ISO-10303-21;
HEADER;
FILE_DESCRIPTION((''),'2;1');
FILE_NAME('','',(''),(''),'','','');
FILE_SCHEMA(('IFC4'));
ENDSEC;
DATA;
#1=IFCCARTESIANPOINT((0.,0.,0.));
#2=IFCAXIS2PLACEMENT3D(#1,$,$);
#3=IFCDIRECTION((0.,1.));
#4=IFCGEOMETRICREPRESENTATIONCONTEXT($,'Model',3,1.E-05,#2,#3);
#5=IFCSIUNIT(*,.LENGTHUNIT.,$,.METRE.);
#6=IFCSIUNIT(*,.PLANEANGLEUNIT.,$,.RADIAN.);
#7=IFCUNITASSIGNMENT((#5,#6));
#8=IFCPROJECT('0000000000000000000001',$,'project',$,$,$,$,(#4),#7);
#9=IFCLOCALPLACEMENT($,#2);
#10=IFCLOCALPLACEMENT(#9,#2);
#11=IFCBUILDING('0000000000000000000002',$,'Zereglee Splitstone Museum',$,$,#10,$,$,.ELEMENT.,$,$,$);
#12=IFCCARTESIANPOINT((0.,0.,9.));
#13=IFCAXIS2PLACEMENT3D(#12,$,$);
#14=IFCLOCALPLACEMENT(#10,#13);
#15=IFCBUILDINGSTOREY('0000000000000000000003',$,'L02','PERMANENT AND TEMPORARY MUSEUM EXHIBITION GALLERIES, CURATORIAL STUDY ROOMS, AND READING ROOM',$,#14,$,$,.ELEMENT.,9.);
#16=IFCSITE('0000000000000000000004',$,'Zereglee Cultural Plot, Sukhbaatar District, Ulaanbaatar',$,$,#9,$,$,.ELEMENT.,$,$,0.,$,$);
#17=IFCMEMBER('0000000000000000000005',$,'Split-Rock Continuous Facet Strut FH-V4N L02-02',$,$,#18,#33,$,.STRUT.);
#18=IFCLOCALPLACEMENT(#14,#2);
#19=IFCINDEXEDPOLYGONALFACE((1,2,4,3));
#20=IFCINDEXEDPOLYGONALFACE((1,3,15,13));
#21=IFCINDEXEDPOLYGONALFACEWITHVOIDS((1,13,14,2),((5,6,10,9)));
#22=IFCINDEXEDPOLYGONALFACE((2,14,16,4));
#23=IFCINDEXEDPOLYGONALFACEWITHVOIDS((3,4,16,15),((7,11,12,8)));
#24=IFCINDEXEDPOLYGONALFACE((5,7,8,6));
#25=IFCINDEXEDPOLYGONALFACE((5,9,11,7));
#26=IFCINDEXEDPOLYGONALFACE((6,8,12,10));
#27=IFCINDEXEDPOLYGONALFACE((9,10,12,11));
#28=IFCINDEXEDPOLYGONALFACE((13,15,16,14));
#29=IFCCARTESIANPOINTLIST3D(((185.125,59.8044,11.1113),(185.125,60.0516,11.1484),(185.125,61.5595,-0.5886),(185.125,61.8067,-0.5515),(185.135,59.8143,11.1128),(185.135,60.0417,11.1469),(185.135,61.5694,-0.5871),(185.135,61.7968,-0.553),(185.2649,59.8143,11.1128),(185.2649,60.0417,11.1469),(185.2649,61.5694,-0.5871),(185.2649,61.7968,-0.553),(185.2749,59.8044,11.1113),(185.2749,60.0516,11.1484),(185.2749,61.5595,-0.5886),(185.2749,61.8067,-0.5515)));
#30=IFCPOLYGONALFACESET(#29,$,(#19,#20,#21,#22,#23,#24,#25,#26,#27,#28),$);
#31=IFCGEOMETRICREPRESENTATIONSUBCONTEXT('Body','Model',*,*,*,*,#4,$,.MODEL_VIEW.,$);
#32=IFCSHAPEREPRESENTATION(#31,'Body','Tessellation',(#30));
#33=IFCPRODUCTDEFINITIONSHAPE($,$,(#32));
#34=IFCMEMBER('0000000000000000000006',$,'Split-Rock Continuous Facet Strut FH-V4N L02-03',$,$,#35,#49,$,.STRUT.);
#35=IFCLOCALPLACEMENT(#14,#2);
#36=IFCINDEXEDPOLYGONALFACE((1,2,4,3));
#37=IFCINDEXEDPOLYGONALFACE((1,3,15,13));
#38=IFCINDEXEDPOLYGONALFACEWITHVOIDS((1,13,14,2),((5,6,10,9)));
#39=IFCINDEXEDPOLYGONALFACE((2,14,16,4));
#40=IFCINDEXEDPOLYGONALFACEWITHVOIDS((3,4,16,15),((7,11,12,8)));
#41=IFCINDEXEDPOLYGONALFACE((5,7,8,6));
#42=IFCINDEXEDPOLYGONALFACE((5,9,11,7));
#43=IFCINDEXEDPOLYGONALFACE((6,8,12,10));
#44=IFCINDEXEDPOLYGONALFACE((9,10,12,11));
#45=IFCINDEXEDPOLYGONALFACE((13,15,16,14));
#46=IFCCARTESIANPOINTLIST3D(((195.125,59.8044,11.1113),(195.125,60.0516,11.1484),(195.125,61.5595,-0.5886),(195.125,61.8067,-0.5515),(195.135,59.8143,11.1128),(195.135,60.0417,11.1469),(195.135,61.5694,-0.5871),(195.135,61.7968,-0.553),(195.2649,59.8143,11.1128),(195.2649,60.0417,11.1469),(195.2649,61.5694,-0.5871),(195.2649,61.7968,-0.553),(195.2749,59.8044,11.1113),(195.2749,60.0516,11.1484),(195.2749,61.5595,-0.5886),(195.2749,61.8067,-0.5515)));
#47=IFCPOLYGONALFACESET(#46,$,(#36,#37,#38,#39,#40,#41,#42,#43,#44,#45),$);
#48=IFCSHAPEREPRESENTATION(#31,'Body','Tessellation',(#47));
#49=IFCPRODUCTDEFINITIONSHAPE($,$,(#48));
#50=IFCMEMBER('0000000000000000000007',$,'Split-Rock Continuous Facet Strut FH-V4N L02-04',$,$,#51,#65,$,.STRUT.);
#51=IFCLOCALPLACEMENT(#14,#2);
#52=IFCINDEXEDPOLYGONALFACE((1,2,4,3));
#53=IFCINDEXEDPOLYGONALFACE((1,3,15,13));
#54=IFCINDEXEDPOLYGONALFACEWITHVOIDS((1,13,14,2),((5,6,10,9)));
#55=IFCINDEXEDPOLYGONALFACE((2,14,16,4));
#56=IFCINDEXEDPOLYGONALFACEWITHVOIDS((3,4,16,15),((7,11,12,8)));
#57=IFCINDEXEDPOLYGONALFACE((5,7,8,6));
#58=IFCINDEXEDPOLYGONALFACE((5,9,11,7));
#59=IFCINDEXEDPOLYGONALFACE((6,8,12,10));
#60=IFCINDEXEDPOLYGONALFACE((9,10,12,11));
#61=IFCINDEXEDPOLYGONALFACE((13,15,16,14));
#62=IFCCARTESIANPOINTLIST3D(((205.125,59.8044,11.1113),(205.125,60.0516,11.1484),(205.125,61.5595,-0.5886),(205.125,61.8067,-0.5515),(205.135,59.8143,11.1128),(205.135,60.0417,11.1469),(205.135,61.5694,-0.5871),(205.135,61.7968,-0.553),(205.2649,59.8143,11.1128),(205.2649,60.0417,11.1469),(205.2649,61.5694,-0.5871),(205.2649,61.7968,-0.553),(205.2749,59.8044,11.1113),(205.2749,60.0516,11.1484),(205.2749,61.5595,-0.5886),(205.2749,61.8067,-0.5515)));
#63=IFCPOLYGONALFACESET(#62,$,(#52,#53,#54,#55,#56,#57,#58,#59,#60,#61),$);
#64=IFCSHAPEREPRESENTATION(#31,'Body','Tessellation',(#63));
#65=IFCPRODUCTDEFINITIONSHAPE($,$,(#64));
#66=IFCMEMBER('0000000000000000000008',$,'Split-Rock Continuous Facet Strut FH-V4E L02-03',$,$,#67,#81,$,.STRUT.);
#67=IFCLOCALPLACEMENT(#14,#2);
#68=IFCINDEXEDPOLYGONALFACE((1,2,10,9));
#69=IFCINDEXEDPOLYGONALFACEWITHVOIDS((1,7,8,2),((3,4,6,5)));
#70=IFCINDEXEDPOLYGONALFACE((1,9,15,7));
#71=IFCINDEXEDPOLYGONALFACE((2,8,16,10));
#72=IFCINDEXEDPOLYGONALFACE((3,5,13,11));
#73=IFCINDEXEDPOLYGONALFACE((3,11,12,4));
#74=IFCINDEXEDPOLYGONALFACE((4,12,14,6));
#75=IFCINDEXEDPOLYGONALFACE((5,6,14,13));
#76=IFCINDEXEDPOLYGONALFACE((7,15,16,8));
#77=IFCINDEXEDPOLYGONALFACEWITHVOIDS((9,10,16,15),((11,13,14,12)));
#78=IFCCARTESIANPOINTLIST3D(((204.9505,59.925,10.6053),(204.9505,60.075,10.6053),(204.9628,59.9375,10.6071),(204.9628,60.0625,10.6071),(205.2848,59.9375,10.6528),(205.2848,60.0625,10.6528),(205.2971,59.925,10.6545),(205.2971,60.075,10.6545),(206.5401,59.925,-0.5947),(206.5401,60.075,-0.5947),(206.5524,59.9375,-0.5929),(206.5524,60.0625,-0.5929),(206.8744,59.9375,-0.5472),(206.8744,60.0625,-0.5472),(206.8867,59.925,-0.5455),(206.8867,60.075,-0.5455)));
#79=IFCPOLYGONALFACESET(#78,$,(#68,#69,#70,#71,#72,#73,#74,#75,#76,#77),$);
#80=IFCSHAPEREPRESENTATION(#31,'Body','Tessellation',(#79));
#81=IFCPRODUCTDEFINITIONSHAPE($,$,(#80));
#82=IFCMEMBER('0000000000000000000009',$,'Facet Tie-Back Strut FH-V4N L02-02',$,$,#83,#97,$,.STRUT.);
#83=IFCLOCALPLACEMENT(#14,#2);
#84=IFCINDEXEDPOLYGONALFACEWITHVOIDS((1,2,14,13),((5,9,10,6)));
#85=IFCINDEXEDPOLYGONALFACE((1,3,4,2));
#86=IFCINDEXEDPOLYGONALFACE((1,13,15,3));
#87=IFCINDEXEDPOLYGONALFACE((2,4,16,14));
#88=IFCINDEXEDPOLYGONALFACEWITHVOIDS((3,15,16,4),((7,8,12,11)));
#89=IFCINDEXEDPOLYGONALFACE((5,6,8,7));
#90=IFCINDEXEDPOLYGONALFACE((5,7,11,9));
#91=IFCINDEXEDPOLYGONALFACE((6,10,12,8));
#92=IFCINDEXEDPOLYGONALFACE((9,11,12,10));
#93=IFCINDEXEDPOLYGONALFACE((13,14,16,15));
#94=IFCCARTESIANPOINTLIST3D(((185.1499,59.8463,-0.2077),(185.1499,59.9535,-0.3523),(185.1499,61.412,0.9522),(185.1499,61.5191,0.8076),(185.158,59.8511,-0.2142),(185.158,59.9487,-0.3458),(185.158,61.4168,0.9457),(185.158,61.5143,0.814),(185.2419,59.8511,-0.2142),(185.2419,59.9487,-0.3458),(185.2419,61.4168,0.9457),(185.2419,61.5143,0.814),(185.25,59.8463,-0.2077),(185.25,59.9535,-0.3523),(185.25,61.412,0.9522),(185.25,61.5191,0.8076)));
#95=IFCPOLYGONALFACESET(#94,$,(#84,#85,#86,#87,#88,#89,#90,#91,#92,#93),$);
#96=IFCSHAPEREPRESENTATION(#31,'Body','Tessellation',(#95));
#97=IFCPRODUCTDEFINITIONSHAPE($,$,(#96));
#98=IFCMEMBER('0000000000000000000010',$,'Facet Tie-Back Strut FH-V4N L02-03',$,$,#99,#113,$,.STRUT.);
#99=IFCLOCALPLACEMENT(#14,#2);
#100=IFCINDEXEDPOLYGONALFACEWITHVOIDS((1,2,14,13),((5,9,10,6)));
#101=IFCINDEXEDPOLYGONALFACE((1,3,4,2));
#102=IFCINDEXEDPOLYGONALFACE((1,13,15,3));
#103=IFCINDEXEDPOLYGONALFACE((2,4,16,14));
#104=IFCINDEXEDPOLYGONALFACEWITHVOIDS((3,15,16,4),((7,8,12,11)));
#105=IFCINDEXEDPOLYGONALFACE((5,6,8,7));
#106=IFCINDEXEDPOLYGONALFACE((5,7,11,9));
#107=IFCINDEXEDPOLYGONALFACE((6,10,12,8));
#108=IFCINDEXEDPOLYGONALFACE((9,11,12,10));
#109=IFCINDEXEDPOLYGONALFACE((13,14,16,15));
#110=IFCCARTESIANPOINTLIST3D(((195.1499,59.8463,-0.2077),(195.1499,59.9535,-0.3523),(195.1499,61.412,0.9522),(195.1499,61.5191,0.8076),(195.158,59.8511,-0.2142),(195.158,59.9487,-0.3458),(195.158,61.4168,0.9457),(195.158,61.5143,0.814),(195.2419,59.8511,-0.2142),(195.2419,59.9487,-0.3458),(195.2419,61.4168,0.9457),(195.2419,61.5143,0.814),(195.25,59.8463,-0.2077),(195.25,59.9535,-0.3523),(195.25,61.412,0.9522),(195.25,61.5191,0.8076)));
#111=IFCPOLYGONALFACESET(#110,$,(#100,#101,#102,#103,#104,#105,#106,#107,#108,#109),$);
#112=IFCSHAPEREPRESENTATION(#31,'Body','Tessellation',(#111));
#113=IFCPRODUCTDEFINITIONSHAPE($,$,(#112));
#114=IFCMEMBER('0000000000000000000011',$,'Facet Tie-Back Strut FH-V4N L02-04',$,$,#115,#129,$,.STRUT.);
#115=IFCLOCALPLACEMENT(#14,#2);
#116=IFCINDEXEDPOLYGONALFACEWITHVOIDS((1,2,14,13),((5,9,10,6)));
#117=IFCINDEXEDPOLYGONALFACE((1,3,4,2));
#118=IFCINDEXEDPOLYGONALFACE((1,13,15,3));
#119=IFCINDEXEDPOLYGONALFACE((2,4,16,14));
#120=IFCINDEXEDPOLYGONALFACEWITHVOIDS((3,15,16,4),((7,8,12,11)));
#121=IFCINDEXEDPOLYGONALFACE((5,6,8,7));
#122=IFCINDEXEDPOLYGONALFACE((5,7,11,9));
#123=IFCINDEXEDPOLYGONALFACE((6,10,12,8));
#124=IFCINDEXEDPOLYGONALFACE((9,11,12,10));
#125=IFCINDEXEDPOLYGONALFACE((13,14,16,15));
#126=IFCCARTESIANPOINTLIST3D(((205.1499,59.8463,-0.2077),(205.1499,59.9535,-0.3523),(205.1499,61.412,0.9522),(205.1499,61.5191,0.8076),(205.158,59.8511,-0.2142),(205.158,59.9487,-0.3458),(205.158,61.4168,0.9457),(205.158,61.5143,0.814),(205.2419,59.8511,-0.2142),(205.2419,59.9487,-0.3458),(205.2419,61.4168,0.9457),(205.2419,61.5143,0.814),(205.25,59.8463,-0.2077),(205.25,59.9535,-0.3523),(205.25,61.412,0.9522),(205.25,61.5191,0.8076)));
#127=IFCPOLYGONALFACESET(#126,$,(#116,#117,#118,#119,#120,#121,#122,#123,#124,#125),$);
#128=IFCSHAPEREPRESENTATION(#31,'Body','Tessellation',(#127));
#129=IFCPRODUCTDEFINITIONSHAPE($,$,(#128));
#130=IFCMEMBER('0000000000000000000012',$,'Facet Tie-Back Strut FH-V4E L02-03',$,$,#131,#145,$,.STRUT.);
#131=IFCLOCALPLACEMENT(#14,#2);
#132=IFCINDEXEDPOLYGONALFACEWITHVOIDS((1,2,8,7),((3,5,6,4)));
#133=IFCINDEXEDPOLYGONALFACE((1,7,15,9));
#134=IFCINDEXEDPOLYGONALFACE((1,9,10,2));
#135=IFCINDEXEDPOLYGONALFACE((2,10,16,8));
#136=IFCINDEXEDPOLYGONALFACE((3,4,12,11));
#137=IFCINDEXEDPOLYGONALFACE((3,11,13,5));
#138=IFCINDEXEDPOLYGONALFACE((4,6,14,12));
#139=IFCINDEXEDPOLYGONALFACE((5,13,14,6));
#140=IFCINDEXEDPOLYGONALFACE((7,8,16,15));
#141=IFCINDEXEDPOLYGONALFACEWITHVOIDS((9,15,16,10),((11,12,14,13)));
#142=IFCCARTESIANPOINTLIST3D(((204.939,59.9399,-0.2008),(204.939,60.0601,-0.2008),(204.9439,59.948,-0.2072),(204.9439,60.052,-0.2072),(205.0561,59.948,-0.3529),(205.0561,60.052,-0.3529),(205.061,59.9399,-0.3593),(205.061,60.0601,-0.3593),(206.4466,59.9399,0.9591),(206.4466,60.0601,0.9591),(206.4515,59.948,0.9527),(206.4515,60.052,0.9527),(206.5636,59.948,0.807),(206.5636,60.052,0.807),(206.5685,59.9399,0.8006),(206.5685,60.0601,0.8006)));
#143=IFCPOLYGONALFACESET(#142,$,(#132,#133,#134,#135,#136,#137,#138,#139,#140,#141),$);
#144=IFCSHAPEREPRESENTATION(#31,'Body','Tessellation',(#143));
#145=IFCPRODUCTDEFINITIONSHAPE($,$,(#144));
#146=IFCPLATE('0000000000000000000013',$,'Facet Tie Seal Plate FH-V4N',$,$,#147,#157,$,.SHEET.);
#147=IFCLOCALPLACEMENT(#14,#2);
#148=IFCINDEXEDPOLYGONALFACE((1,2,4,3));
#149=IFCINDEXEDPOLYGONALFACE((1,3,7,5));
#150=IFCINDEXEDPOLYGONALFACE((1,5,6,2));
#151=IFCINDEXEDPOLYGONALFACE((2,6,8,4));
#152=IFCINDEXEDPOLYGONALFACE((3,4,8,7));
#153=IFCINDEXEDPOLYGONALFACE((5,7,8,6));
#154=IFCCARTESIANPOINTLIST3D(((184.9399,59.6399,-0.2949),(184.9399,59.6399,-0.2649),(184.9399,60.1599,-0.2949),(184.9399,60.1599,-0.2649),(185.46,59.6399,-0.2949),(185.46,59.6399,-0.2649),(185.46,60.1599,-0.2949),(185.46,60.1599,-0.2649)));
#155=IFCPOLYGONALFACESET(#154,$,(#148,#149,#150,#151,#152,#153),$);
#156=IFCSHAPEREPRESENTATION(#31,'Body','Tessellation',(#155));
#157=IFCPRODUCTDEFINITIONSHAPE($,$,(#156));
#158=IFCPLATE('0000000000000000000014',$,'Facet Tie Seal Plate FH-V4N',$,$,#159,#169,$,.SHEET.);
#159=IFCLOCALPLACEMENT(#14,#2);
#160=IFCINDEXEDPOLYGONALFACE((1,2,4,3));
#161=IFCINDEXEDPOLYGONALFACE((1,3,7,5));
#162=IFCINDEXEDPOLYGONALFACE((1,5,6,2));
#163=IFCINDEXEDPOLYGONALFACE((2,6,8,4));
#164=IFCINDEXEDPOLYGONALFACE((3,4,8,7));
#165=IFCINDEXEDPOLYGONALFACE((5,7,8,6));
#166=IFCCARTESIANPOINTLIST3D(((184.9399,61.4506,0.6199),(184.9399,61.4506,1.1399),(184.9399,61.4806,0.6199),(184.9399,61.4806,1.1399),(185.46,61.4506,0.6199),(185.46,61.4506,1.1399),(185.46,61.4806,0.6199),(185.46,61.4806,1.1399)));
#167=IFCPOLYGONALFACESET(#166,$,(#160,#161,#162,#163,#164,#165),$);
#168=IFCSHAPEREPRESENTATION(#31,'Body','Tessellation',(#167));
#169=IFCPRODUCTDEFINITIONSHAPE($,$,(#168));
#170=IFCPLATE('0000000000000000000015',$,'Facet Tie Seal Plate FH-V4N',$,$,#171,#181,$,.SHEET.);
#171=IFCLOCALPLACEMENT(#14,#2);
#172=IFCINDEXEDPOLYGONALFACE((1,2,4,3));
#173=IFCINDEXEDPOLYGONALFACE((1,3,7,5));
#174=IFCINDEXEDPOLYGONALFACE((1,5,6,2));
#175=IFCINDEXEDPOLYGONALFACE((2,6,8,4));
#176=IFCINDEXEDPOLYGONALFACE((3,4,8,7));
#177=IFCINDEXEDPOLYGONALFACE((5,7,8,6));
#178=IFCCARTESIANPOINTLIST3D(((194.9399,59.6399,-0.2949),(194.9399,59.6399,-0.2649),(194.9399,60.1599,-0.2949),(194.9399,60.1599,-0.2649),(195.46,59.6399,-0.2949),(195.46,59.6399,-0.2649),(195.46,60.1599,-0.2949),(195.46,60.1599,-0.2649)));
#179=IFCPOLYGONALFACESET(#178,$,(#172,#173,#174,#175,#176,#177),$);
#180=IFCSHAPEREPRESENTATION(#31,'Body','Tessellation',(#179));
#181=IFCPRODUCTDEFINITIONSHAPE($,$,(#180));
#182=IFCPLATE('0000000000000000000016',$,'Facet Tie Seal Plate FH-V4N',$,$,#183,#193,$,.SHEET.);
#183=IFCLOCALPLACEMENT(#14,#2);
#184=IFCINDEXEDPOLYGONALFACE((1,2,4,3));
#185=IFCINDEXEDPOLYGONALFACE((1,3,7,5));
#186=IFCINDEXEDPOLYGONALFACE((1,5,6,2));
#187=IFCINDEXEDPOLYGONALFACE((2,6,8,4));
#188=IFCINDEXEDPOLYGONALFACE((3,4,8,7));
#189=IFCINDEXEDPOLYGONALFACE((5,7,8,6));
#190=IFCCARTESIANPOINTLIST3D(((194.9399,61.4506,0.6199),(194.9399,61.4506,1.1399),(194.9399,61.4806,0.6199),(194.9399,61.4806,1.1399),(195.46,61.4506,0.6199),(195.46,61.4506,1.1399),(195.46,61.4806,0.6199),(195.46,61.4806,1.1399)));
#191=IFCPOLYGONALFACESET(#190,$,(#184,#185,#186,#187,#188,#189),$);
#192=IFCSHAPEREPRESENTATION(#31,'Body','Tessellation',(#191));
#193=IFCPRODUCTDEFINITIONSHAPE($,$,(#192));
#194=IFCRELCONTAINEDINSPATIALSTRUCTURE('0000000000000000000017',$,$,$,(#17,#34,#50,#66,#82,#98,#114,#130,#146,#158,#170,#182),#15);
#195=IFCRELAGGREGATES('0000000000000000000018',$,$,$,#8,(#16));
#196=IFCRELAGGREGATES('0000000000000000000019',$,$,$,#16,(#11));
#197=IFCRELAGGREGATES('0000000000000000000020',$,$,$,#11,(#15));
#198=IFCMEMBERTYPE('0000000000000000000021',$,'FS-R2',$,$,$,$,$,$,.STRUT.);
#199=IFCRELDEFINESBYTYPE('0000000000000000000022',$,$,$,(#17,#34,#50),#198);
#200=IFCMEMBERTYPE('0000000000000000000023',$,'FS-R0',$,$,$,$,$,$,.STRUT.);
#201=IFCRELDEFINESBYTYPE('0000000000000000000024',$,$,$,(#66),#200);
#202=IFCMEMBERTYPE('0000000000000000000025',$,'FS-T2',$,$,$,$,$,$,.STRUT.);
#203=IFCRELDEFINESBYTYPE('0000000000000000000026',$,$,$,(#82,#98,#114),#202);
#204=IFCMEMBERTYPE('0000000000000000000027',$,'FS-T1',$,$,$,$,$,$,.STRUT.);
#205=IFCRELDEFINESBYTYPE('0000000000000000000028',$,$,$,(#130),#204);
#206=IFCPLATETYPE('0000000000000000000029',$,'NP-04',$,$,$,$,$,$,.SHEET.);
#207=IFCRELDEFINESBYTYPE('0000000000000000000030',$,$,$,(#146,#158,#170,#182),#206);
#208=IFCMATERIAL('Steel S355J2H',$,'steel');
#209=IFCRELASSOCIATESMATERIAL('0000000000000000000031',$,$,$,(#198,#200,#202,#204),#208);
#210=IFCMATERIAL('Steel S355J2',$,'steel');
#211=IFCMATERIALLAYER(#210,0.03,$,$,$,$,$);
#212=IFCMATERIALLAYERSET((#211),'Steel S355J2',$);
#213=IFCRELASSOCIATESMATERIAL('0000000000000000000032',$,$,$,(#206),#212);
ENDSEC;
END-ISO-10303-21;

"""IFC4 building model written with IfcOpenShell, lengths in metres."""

from ifc_helpers import new_model, si_unit, direction, frame, origin, origin_2d, place, context, subcontext, project, spatial, rectangle, hollow_rectangle, extrude, material, layer, layer_set, material_profile, profile_set, type_object, element, save


model = new_model("IFC4")

# Units and contexts
model_context = context("Model", 3, precision=1e-05, world=origin(), true_north=direction((0.0, 1.0)))
body_context = subcontext(model_context, "Body", "Model", "MODEL_VIEW")
ifc_project = project(units=[si_unit("LENGTHUNIT", "METRE"), si_unit("PLANEANGLEUNIT", "RADIAN")], contexts=[model_context])

# Site, building, storey
site_placement = place(None, origin())
site = spatial("IfcSite", under=ifc_project, at=site_placement, Name="Zereglee Cultural Plot, Sukhbaatar District, Ulaanbaatar", CompositionType="ELEMENT", RefElevation=0.0)
building_placement = place(site_placement, origin())
building = spatial("IfcBuilding", under=site, at=building_placement, Name="Zereglee Splitstone Museum", CompositionType="ELEMENT")
storey_placement = place(building_placement, frame((0.0, 0.0, 9.0)))
storey = spatial("IfcBuildingStorey", under=building, at=storey_placement, Name="L02", Description="PERMANENT AND TEMPORARY MUSEUM EXHIBITION GALLERIES, CURATORIAL STUDY ROOMS, AND READING ROOM", CompositionType="ELEMENT", Elevation=9.0)

# Shared definitions
ifc_material_1 = material(Name="Steel S355J2", Category="steel")
ifc_material_2 = material(Name="Steel S355J2H", Category="steel")

# Members
ifc_material_profile_1 = material_profile(ifc_material_2, hollow_rectangle(XDim=0.1499, YDim=0.25, WallThickness=0.01, at=origin_2d()), Name="RHS 250x150x10")
ifc_profile_set_1 = profile_set([ifc_material_profile_1], Name="Steel S355J2H")
member_type_1 = type_object("IfcMemberType", Name="FS-R2", PredefinedType="STRUT", material=ifc_profile_set_1)
for number, where, z_axis, x_axis, name in (
    (1, (185.2, 61.6831, -0.5701), (0.0, -0.148352, 0.988935), (1.0, 0.0, 0.0), "Split-Rock Continuous Facet Strut FH-V4N L02-02"),
    (2, (195.2, 61.6831, -0.5701), (0.0, -0.148352, 0.988935), (1.0, 0.0, 0.0), "Split-Rock Continuous Facet Strut FH-V4N L02-03"),
    (3, (205.2, 61.6831, -0.5701), (0.0, -0.148352, 0.988935), (1.0, 0.0, 0.0), "Split-Rock Continuous Facet Strut FH-V4N L02-04"),
):
    element("IfcMember", number, at=place(storey_placement, frame(where, z_axis=z_axis, x_axis=x_axis)), inside=storey, type_object=member_type_1, Name=name, PredefinedType="STRUT", context=body_context, shape_type="SweptSolid", body=[
        extrude(hollow_rectangle(XDim=0.1499, YDim=0.25, WallThickness=0.01, at=origin_2d()), origin(), (0.0, 0.0, 1.0), 11.8308),
    ])
ifc_material_profile_2 = material_profile(ifc_material_2, hollow_rectangle(XDim=0.1499, YDim=0.3501, WallThickness=0.0125, at=origin_2d()), Name="RHS 350x150x12.5")
ifc_profile_set_2 = profile_set([ifc_material_profile_2], Name="Steel S355J2H")
member_type_2 = type_object("IfcMemberType", Name="FS-R0", PredefinedType="STRUT", material=ifc_profile_set_2)
member_1_placement = place(storey_placement, frame((206.7134, 60.0, -0.5701), z_axis=(-0.140521, 0.0, 0.990078), x_axis=(0.0, -1.0, 0.0)))
element("IfcMember", 4, at=member_1_placement, inside=storey, type_object=member_type_2, Name="Split-Rock Continuous Facet Strut FH-V4E L02-03", PredefinedType="STRUT", context=body_context, shape_type="SweptSolid", body=[
    extrude(hollow_rectangle(XDim=0.1499, YDim=0.3501, WallThickness=0.0125, at=origin_2d()), origin(), (0.0, 0.0, 1.0), 11.3123),
])
ifc_material_profile_3 = material_profile(ifc_material_2, hollow_rectangle(XDim=0.1001, YDim=0.1799, WallThickness=0.0081, at=origin_2d()), Name="RHS 180x100x8")
ifc_profile_set_3 = profile_set([ifc_material_profile_3], Name="Steel S355J2H")
member_type_3 = type_object("IfcMemberType", Name="FS-T2", PredefinedType="STRUT", material=ifc_profile_set_3)
for number, where, z_axis, x_axis, name in (
    (5, (185.2, 59.8999, -0.28), (0.0, 0.803519, 0.595278), (-1.0, 0.0, 0.0), "Facet Tie-Back Strut FH-V4N L02-02"),
    (6, (195.2, 59.8999, -0.28), (0.0, 0.803519, 0.595278), (-1.0, 0.0, 0.0), "Facet Tie-Back Strut FH-V4N L02-03"),
    (7, (205.2, 59.8999, -0.28), (0.0, 0.803519, 0.595278), (-1.0, 0.0, 0.0), "Facet Tie-Back Strut FH-V4N L02-04"),
):
    element("IfcMember", number, at=place(storey_placement, frame(where, z_axis=z_axis, x_axis=x_axis)), inside=storey, type_object=member_type_3, Name=name, PredefinedType="STRUT", context=body_context, shape_type="SweptSolid", body=[
        extrude(hollow_rectangle(XDim=0.1001, YDim=0.1799, WallThickness=0.0081, at=origin_2d()), origin(), (0.0, 0.0, 1.0), 1.9485),
    ])
ifc_material_profile_4 = material_profile(ifc_material_2, hollow_rectangle(XDim=0.1201, YDim=0.2, WallThickness=0.0081, at=origin_2d()), Name="RHS 200x120x8")
ifc_profile_set_4 = profile_set([ifc_material_profile_4], Name="Steel S355J2H")
member_type_4 = type_object("IfcMemberType", Name="FS-T1", PredefinedType="STRUT", material=ifc_profile_set_4)
member_2_placement = place(storey_placement, frame((205.0, 60.0, -0.28), z_axis=(0.792562, 0.0, 0.609791), x_axis=(0.0, 1.0, 0.0)))
element("IfcMember", 8, at=member_2_placement, inside=storey, type_object=member_type_4, Name="Facet Tie-Back Strut FH-V4E L02-03", PredefinedType="STRUT", context=body_context, shape_type="SweptSolid", body=[
    extrude(hollow_rectangle(XDim=0.1201, YDim=0.2, WallThickness=0.0081, at=origin_2d()), origin(), (0.0, 0.0, 1.0), 1.9021),
])

# Plates
ifc_layer_1 = layer(ifc_material_1, 0.03)
ifc_layer_set_1 = layer_set([ifc_layer_1], Name="Steel S355J2")
plate_type_1 = type_object("IfcPlateType", Name="NP-04", PredefinedType="SHEET", material=ifc_layer_set_1)
plate_1_placement = place(storey_placement, frame((185.2, 59.8999, -0.2949), z_axis=(0.0, 0.0, 1.0), x_axis=(1.0, 0.0, 0.0)))
element("IfcPlate", 9, at=plate_1_placement, inside=storey, type_object=plate_type_1, Name="Facet Tie Seal Plate FH-V4N", PredefinedType="SHEET", context=body_context, shape_type="SweptSolid", body=[
    extrude(rectangle(XDim=0.52, YDim=0.52, at=origin_2d()), origin(), (0.0, 0.0, 1.0), 0.03),
])
plate_2_placement = place(storey_placement, frame((185.2, 61.4656, 0.6199), z_axis=(0.0, 0.0, 1.0), x_axis=(1.0, 0.0, 0.0)))
element("IfcPlate", 10, at=plate_2_placement, inside=storey, type_object=plate_type_1, Name="Facet Tie Seal Plate FH-V4N", PredefinedType="SHEET", context=body_context, shape_type="SweptSolid", body=[
    extrude(rectangle(XDim=0.52, YDim=0.03, at=origin_2d()), origin(), (0.0, 0.0, 1.0), 0.52),
])
plate_3_placement = place(storey_placement, frame((195.2, 59.8999, -0.2949), z_axis=(0.0, 0.0, 1.0), x_axis=(1.0, 0.0, 0.0)))
element("IfcPlate", 11, at=plate_3_placement, inside=storey, type_object=plate_type_1, Name="Facet Tie Seal Plate FH-V4N", PredefinedType="SHEET", context=body_context, shape_type="SweptSolid", body=[
    extrude(rectangle(XDim=0.52, YDim=0.52, at=origin_2d()), origin(), (0.0, 0.0, 1.0), 0.03),
])
plate_4_placement = place(storey_placement, frame((195.2, 61.4656, 0.6199), z_axis=(0.0, 0.0, 1.0), x_axis=(1.0, 0.0, 0.0)))
element("IfcPlate", 12, at=plate_4_placement, inside=storey, type_object=plate_type_1, Name="Facet Tie Seal Plate FH-V4N", PredefinedType="SHEET", context=body_context, shape_type="SweptSolid", body=[
    extrude(rectangle(XDim=0.52, YDim=0.03, at=origin_2d()), origin(), (0.0, 0.0, 1.0), 0.52),
])

save(model, "model.ifc")
